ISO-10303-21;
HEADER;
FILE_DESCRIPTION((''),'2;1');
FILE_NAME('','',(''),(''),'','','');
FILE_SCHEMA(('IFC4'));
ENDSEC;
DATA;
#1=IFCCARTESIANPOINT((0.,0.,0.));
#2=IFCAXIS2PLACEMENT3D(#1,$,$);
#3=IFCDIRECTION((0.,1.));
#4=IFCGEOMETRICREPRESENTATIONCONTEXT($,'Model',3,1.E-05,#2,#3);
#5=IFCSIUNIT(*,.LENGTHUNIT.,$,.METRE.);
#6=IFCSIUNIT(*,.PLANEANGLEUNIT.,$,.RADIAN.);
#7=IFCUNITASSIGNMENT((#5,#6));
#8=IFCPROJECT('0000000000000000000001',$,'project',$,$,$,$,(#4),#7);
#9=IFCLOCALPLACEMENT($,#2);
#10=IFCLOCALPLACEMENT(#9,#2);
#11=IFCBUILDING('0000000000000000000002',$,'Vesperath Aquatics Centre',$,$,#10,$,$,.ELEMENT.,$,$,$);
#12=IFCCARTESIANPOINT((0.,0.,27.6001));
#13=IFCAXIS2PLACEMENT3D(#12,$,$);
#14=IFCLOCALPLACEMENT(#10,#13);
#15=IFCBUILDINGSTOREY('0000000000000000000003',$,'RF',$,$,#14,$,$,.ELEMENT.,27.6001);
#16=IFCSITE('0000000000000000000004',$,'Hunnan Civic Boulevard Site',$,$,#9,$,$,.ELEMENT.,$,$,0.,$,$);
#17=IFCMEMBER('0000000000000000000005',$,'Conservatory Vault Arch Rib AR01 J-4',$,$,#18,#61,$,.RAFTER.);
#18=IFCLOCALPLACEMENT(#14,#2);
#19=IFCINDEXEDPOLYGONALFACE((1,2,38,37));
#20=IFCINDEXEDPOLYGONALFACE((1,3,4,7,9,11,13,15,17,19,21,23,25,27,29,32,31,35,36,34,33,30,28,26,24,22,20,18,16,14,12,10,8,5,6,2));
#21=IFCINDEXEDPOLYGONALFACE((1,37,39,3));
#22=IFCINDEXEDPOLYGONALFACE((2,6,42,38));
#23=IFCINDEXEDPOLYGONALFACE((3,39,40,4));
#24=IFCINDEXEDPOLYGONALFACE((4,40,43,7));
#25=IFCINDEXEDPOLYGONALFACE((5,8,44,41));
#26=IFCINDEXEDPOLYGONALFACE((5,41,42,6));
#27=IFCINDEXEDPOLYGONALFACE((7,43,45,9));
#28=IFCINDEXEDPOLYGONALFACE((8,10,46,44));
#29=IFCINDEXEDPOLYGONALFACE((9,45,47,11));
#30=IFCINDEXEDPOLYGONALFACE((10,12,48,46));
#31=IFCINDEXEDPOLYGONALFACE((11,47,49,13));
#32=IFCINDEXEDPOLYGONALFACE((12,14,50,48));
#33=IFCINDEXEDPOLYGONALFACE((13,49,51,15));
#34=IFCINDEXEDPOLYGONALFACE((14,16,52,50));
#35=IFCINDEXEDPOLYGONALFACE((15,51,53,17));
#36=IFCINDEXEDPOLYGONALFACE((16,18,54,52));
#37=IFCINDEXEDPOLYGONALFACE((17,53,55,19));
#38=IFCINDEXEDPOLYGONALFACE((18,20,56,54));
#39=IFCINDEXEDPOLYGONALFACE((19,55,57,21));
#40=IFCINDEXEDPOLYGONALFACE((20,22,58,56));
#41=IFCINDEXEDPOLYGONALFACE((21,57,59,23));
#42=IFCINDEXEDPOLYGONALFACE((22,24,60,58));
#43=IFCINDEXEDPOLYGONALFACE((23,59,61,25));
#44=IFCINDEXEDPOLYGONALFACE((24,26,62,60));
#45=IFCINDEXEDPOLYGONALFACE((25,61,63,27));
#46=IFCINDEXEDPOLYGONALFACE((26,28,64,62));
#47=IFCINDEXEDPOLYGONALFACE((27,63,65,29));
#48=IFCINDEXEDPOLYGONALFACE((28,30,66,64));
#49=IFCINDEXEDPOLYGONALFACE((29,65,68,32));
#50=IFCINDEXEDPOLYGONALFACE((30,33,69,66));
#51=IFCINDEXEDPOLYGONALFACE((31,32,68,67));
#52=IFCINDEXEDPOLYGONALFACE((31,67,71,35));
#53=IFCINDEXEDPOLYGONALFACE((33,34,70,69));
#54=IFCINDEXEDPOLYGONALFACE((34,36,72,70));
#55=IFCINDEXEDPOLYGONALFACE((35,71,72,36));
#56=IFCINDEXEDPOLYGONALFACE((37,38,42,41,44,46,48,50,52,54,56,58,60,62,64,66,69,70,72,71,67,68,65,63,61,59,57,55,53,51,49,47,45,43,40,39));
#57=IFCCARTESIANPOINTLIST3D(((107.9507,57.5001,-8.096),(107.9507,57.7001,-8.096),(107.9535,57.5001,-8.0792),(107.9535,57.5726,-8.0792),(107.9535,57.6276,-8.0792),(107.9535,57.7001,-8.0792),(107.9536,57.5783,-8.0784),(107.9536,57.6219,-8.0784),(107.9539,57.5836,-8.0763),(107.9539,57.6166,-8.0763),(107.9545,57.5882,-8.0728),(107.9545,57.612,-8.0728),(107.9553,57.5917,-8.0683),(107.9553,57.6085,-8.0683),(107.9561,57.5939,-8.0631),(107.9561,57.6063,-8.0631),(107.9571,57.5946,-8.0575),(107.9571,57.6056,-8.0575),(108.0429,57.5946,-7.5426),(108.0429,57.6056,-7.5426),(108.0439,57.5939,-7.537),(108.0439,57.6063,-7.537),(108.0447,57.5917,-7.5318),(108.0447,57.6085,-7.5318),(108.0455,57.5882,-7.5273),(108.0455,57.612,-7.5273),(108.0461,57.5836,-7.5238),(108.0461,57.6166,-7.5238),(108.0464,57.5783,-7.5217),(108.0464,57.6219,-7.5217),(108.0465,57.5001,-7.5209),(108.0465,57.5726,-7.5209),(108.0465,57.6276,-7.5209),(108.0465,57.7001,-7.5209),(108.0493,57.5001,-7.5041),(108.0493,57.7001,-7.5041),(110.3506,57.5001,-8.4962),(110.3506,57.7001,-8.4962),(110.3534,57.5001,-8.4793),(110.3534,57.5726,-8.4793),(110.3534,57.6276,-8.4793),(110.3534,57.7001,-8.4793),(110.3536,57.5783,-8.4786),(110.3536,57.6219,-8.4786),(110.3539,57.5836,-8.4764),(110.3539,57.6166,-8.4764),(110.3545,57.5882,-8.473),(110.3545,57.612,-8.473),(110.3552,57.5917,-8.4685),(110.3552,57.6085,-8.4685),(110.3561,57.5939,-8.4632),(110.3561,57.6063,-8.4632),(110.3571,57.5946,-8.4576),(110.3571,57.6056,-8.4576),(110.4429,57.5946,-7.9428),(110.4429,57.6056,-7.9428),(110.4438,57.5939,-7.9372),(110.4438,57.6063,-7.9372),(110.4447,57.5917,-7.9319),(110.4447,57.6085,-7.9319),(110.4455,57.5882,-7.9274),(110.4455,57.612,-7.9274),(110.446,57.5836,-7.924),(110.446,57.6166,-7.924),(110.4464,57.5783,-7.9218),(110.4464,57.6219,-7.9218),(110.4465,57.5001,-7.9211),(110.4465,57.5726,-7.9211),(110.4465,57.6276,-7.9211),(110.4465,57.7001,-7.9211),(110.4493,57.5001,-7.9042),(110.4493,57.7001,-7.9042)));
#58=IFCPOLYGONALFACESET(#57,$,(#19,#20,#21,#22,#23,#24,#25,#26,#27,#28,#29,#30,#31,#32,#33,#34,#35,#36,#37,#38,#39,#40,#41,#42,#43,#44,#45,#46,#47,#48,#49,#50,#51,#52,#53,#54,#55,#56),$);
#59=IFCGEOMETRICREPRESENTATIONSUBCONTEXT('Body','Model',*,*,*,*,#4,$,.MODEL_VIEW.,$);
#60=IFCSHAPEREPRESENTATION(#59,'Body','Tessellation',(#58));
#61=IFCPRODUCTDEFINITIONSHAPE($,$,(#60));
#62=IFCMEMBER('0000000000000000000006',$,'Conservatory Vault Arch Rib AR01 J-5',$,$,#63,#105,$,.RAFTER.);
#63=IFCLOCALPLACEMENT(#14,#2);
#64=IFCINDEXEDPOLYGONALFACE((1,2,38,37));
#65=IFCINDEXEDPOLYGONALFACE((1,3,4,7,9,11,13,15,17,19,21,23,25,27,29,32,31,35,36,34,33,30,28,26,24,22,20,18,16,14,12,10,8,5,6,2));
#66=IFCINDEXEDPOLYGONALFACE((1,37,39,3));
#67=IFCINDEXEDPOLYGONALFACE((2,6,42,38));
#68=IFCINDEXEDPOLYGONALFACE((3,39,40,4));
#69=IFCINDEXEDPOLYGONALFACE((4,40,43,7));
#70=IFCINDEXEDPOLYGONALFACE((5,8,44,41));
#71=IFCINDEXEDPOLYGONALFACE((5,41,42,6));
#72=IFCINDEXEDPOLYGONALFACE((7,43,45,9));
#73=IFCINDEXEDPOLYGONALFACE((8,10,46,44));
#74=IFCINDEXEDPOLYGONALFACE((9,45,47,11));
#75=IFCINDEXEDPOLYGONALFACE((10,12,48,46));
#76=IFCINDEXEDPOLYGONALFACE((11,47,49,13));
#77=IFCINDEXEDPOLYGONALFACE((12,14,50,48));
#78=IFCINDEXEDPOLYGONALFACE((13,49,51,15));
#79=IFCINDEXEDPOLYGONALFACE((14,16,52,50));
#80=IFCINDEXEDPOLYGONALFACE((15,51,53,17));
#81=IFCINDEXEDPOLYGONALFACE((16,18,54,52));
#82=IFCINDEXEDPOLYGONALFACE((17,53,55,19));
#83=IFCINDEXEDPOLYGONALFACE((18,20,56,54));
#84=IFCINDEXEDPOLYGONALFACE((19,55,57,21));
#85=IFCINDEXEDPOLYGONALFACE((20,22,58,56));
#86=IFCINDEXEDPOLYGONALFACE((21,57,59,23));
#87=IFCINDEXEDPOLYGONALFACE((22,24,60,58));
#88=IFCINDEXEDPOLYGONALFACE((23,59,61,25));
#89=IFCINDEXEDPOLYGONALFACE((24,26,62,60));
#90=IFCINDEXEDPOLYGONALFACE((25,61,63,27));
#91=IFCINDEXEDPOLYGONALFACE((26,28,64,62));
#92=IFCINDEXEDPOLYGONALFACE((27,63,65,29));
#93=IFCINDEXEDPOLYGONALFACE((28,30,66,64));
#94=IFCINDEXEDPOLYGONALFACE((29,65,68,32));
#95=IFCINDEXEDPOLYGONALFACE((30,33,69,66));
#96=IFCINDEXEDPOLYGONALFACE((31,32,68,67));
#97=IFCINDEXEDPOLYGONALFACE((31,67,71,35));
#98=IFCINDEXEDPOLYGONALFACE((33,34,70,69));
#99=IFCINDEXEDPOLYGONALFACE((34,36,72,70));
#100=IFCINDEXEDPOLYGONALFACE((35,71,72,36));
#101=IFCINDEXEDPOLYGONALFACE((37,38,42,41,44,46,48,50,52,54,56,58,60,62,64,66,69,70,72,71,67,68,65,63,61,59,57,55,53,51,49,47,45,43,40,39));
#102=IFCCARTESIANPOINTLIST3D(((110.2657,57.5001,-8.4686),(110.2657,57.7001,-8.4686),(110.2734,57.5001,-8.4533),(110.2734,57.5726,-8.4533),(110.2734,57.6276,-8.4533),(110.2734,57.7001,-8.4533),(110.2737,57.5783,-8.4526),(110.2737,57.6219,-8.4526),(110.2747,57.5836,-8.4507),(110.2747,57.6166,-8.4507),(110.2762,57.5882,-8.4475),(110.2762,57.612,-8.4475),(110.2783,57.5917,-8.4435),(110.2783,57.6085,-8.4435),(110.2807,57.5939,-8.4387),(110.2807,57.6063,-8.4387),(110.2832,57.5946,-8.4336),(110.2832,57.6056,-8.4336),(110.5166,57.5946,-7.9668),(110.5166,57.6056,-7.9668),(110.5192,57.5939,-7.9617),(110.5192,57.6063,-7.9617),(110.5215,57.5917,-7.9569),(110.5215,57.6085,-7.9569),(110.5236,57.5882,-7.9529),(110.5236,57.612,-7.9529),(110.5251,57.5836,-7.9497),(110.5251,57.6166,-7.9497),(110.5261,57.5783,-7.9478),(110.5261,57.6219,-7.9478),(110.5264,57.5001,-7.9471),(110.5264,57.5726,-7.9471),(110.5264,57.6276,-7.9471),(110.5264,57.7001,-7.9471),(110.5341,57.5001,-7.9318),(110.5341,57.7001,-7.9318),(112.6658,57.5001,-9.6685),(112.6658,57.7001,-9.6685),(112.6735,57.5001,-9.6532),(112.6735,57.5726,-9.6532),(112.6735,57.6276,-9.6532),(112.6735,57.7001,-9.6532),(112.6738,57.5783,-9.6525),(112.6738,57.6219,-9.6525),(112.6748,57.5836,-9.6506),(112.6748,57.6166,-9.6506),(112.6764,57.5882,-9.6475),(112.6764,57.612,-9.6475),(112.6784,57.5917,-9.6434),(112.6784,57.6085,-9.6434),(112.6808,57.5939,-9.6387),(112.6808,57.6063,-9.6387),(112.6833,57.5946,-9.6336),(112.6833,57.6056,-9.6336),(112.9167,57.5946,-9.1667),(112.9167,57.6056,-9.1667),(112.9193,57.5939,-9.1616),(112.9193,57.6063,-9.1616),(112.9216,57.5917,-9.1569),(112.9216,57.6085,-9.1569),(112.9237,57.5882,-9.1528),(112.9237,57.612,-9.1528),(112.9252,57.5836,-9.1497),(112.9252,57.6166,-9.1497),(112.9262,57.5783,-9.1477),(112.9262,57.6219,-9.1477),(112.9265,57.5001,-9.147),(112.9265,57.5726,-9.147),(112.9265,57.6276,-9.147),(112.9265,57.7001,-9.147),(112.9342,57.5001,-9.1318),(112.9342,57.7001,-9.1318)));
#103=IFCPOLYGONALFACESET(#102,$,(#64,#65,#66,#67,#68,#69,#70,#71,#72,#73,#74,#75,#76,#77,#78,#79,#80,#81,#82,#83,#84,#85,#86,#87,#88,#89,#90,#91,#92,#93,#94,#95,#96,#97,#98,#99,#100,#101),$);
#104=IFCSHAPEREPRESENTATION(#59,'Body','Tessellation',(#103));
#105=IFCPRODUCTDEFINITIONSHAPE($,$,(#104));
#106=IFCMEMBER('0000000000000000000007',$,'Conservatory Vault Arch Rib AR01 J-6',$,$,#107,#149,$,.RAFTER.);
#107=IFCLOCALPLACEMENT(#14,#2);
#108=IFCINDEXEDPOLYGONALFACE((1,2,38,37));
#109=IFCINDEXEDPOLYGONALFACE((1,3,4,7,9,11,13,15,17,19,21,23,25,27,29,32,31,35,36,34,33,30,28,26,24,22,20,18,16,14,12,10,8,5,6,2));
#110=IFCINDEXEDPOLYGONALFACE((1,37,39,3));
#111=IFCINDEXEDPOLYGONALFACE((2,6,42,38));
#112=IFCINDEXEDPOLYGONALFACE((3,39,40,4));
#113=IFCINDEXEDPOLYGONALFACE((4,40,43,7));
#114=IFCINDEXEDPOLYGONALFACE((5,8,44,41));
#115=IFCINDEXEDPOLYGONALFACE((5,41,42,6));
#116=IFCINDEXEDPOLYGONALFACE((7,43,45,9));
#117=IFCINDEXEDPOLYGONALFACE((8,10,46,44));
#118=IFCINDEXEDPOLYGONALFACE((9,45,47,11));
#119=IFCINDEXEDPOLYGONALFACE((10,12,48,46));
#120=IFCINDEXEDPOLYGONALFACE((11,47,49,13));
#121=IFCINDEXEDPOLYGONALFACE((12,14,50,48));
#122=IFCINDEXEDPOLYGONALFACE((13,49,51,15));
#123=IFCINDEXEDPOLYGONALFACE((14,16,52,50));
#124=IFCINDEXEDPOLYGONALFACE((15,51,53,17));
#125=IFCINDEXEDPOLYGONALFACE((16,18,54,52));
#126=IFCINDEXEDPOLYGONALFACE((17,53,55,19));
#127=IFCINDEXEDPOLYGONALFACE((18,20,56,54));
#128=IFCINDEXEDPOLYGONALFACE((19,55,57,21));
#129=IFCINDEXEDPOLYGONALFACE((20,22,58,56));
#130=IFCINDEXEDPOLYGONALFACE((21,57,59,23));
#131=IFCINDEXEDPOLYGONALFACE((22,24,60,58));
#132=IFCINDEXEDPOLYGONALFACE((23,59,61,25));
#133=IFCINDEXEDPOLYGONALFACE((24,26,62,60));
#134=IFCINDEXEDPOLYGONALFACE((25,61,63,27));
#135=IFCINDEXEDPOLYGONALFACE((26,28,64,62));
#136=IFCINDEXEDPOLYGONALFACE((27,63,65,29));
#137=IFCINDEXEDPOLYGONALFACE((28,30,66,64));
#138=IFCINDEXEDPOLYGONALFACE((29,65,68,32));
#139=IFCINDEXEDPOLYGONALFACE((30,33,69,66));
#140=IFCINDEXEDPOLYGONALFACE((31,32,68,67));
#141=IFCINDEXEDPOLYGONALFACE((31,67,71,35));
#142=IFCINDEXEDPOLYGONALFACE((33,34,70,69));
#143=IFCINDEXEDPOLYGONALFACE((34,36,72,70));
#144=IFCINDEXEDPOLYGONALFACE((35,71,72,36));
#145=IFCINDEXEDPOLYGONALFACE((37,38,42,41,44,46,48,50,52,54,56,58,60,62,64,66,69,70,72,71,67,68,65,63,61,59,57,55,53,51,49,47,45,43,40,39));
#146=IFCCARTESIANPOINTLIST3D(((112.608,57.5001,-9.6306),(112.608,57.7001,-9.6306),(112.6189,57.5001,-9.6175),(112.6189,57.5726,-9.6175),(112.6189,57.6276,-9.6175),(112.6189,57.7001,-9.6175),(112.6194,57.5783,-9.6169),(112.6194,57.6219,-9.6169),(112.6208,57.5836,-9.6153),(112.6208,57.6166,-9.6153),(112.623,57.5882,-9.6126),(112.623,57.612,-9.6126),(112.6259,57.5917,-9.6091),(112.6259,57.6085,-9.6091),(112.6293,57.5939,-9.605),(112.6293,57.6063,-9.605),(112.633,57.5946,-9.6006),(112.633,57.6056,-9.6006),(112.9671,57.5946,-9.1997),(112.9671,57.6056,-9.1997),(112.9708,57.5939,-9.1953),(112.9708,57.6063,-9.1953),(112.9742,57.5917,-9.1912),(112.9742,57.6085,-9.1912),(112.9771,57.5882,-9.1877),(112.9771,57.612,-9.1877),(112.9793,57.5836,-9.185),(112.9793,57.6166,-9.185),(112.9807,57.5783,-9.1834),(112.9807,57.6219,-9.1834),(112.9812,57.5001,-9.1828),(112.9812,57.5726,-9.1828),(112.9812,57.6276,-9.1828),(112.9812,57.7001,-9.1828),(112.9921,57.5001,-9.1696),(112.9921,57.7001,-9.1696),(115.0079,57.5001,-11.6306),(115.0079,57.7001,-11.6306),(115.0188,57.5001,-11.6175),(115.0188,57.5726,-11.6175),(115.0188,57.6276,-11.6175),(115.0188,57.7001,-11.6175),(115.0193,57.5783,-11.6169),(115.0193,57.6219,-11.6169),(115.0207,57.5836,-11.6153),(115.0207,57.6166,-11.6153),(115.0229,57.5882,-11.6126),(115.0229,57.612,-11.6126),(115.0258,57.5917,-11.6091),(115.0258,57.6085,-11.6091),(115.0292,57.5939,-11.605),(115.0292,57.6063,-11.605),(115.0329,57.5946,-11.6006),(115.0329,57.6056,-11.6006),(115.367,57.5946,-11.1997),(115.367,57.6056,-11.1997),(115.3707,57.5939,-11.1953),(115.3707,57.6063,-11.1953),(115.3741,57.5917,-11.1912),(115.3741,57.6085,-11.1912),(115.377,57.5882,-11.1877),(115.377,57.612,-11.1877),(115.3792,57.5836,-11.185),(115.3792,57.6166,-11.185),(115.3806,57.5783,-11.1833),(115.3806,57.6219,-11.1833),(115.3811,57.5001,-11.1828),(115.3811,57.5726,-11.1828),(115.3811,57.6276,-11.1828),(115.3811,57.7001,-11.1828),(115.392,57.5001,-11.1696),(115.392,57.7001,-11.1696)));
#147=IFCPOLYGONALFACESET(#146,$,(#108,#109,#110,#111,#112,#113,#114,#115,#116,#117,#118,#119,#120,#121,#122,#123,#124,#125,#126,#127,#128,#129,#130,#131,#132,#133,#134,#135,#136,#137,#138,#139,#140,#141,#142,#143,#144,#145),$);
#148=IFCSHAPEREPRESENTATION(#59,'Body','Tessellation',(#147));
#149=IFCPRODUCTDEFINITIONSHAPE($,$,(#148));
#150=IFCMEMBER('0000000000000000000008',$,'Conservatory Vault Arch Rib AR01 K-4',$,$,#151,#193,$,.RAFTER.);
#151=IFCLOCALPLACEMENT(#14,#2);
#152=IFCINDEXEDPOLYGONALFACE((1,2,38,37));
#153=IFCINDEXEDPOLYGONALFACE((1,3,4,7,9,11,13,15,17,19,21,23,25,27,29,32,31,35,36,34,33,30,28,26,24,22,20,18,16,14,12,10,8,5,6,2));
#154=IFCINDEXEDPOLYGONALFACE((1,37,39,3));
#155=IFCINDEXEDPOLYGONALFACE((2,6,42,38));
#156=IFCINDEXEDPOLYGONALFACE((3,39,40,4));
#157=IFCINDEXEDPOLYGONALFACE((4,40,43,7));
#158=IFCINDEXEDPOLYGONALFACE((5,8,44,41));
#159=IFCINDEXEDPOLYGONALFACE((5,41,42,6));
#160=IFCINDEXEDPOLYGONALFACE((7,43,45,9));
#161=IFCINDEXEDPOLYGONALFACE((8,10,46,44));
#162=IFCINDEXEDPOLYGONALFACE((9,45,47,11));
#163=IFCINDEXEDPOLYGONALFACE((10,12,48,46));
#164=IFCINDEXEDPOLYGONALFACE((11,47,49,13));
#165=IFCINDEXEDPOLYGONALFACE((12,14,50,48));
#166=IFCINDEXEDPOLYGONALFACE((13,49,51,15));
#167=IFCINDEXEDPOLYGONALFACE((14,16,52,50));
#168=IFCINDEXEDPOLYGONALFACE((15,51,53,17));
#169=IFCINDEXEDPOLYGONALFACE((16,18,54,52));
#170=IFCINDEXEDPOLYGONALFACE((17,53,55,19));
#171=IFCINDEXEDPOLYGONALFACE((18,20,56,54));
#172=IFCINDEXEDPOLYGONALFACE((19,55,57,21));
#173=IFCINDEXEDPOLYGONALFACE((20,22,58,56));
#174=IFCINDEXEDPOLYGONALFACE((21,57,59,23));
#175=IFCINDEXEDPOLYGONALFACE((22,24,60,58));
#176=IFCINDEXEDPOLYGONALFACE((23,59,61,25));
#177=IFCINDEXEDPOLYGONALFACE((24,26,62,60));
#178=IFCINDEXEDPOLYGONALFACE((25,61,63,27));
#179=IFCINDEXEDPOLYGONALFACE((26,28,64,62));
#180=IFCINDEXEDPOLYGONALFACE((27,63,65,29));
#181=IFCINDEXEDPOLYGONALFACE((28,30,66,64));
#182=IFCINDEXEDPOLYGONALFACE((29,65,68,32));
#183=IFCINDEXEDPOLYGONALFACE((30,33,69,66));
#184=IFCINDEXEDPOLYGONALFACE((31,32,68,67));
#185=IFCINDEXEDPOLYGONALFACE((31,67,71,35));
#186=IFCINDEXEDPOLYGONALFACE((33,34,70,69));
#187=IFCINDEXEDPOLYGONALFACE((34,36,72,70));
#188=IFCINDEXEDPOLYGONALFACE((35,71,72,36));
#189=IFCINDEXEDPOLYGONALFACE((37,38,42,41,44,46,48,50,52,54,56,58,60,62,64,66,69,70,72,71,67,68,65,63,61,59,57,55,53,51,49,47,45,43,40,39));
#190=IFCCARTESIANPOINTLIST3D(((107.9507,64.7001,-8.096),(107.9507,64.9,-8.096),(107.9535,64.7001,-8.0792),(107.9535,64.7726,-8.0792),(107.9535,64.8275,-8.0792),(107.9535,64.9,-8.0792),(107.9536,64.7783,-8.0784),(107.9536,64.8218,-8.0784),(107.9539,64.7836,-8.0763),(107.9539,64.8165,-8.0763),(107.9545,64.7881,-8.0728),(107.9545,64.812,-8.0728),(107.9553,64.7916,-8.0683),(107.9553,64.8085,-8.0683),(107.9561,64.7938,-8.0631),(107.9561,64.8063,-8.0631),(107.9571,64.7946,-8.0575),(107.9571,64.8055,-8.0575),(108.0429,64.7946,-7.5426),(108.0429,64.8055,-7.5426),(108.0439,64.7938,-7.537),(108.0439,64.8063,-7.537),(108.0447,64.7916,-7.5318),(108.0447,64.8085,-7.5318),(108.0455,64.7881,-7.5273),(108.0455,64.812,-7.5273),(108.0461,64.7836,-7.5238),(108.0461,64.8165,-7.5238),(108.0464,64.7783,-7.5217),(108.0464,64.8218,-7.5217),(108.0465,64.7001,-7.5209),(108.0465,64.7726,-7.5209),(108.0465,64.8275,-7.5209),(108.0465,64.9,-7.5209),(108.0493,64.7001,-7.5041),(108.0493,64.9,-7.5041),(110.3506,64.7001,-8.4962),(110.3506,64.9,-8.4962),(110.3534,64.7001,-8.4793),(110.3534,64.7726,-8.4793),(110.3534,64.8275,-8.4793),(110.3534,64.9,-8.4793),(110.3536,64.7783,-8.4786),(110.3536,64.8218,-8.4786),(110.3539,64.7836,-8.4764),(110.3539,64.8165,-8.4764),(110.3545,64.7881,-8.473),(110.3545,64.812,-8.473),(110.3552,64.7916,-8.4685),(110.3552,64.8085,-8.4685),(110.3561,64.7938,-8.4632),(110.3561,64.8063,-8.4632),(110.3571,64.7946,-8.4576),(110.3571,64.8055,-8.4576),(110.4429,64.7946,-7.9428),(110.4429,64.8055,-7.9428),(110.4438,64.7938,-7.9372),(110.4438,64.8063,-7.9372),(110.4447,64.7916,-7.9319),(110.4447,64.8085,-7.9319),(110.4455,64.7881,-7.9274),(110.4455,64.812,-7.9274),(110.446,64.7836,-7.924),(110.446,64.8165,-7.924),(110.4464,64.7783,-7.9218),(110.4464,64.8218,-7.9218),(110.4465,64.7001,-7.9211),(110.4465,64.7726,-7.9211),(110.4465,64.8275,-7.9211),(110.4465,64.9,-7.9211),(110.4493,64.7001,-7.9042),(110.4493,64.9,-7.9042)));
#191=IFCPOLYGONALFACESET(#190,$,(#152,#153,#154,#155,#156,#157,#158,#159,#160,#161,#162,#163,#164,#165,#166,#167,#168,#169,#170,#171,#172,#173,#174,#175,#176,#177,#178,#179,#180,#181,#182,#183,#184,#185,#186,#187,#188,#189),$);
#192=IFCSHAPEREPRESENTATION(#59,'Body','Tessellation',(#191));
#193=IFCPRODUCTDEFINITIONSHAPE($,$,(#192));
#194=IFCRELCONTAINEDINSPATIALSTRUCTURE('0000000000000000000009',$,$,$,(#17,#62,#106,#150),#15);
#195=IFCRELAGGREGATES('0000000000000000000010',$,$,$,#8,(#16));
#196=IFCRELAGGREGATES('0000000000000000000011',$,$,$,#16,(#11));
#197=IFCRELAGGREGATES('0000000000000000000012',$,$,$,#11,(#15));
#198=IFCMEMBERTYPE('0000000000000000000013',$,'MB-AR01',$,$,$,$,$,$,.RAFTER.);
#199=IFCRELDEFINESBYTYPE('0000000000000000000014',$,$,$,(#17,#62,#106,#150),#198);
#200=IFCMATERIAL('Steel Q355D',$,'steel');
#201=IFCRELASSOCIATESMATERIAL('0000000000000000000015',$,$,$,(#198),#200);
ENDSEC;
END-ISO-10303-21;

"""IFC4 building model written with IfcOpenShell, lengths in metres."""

from ifc_helpers import new_model, si_unit, direction, frame, origin, origin_2d, place, context, subcontext, project, spatial, i_section, extrude, material, material_profile, profile_set, type_object, element, save


model = new_model("IFC4")

# Units and contexts
model_context = context("Model", 3, precision=1e-05, world=origin(), true_north=direction((0.0, 1.0)))
body_context = subcontext(model_context, "Body", "Model", "MODEL_VIEW")
ifc_project = project(units=[si_unit("LENGTHUNIT", "METRE"), si_unit("PLANEANGLEUNIT", "RADIAN")], contexts=[model_context])

# Site, building, storey
site_placement = place(None, origin())
site = spatial("IfcSite", under=ifc_project, at=site_placement, Name="Hunnan Civic Boulevard Site", CompositionType="ELEMENT", RefElevation=0.0)
building_placement = place(site_placement, origin())
building = spatial("IfcBuilding", under=site, at=building_placement, Name="Vesperath Aquatics Centre", CompositionType="ELEMENT")
storey_placement = place(building_placement, frame((0.0, 0.0, 27.6001)))
storey = spatial("IfcBuildingStorey", under=building, at=storey_placement, Name="RF", CompositionType="ELEMENT", Elevation=27.6001)

# Members
ifc_material_1 = material(Name="Steel Q355D", Category="steel")
ifc_material_profile_1 = material_profile(ifc_material_1, i_section(OverallWidth=0.2, OverallDepth=0.6001, WebThickness=0.011, FlangeThickness=0.0171, FilletRadius=0.022, at=origin_2d()), Name="HN 600x200x11x17")
ifc_profile_set_1 = profile_set([ifc_material_profile_1], Name="Steel Q355D")
member_type_1 = type_object("IfcMemberType", Name="MB-AR01", PredefinedType="RAFTER", material=ifc_profile_set_1)
member_1_placement = place(storey_placement, frame((108.0, 57.6001, -7.8), z_axis=(0.986383, 0.0, -0.164464), x_axis=(0.0, 1.0, 0.0)))
element("IfcMember", 1, at=member_1_placement, inside=storey, type_object=member_type_1, Name="Conservatory Vault Arch Rib AR01 J-4", PredefinedType="RAFTER", context=body_context, shape_type="SweptSolid", body=[
    extrude(i_section(OverallWidth=0.2, OverallDepth=0.6001, WebThickness=0.011, FlangeThickness=0.0171, FilletRadius=0.022, at=origin_2d()), origin(), (0.0, 0.0, 1.0), 2.4331),
])
member_2_placement = place(storey_placement, frame((110.3999, 57.6001, -8.2002), z_axis=(0.894445, 0.0, -0.447177), x_axis=(0.0, 1.0, 0.0)))
element("IfcMember", 2, at=member_2_placement, inside=storey, type_object=member_type_1, Name="Conservatory Vault Arch Rib AR01 J-5", PredefinedType="RAFTER", context=body_context, shape_type="SweptSolid", body=[
    extrude(i_section(OverallWidth=0.2, OverallDepth=0.6001, WebThickness=0.011, FlangeThickness=0.0171, FilletRadius=0.022, at=origin_2d()), origin(), (0.0, 0.0, 1.0), 2.6833),
])
member_3_placement = place(storey_placement, frame((112.8, 57.6001, -9.4001), z_axis=(0.768208, 0.0, -0.6402), x_axis=(0.0, 1.0, 0.0)))
element("IfcMember", 3, at=member_3_placement, inside=storey, type_object=member_type_1, Name="Conservatory Vault Arch Rib AR01 J-6", PredefinedType="RAFTER", context=body_context, shape_type="SweptSolid", body=[
    extrude(i_section(OverallWidth=0.2, OverallDepth=0.6001, WebThickness=0.011, FlangeThickness=0.0171, FilletRadius=0.022, at=origin_2d()), origin(), (0.0, 0.0, 1.0), 3.124),
])
member_4_placement = place(storey_placement, frame((108.0, 64.8, -7.8), z_axis=(0.986383, 0.0, -0.164464), x_axis=(0.0, 1.0, 0.0)))
element("IfcMember", 4, at=member_4_placement, inside=storey, type_object=member_type_1, Name="Conservatory Vault Arch Rib AR01 K-4", PredefinedType="RAFTER", context=body_context, shape_type="SweptSolid", body=[
    extrude(i_section(OverallWidth=0.2, OverallDepth=0.6001, WebThickness=0.011, FlangeThickness=0.0171, FilletRadius=0.022, at=origin_2d()), origin(), (0.0, 0.0, 1.0), 2.4331),
])

save(model, "model.ifc")
